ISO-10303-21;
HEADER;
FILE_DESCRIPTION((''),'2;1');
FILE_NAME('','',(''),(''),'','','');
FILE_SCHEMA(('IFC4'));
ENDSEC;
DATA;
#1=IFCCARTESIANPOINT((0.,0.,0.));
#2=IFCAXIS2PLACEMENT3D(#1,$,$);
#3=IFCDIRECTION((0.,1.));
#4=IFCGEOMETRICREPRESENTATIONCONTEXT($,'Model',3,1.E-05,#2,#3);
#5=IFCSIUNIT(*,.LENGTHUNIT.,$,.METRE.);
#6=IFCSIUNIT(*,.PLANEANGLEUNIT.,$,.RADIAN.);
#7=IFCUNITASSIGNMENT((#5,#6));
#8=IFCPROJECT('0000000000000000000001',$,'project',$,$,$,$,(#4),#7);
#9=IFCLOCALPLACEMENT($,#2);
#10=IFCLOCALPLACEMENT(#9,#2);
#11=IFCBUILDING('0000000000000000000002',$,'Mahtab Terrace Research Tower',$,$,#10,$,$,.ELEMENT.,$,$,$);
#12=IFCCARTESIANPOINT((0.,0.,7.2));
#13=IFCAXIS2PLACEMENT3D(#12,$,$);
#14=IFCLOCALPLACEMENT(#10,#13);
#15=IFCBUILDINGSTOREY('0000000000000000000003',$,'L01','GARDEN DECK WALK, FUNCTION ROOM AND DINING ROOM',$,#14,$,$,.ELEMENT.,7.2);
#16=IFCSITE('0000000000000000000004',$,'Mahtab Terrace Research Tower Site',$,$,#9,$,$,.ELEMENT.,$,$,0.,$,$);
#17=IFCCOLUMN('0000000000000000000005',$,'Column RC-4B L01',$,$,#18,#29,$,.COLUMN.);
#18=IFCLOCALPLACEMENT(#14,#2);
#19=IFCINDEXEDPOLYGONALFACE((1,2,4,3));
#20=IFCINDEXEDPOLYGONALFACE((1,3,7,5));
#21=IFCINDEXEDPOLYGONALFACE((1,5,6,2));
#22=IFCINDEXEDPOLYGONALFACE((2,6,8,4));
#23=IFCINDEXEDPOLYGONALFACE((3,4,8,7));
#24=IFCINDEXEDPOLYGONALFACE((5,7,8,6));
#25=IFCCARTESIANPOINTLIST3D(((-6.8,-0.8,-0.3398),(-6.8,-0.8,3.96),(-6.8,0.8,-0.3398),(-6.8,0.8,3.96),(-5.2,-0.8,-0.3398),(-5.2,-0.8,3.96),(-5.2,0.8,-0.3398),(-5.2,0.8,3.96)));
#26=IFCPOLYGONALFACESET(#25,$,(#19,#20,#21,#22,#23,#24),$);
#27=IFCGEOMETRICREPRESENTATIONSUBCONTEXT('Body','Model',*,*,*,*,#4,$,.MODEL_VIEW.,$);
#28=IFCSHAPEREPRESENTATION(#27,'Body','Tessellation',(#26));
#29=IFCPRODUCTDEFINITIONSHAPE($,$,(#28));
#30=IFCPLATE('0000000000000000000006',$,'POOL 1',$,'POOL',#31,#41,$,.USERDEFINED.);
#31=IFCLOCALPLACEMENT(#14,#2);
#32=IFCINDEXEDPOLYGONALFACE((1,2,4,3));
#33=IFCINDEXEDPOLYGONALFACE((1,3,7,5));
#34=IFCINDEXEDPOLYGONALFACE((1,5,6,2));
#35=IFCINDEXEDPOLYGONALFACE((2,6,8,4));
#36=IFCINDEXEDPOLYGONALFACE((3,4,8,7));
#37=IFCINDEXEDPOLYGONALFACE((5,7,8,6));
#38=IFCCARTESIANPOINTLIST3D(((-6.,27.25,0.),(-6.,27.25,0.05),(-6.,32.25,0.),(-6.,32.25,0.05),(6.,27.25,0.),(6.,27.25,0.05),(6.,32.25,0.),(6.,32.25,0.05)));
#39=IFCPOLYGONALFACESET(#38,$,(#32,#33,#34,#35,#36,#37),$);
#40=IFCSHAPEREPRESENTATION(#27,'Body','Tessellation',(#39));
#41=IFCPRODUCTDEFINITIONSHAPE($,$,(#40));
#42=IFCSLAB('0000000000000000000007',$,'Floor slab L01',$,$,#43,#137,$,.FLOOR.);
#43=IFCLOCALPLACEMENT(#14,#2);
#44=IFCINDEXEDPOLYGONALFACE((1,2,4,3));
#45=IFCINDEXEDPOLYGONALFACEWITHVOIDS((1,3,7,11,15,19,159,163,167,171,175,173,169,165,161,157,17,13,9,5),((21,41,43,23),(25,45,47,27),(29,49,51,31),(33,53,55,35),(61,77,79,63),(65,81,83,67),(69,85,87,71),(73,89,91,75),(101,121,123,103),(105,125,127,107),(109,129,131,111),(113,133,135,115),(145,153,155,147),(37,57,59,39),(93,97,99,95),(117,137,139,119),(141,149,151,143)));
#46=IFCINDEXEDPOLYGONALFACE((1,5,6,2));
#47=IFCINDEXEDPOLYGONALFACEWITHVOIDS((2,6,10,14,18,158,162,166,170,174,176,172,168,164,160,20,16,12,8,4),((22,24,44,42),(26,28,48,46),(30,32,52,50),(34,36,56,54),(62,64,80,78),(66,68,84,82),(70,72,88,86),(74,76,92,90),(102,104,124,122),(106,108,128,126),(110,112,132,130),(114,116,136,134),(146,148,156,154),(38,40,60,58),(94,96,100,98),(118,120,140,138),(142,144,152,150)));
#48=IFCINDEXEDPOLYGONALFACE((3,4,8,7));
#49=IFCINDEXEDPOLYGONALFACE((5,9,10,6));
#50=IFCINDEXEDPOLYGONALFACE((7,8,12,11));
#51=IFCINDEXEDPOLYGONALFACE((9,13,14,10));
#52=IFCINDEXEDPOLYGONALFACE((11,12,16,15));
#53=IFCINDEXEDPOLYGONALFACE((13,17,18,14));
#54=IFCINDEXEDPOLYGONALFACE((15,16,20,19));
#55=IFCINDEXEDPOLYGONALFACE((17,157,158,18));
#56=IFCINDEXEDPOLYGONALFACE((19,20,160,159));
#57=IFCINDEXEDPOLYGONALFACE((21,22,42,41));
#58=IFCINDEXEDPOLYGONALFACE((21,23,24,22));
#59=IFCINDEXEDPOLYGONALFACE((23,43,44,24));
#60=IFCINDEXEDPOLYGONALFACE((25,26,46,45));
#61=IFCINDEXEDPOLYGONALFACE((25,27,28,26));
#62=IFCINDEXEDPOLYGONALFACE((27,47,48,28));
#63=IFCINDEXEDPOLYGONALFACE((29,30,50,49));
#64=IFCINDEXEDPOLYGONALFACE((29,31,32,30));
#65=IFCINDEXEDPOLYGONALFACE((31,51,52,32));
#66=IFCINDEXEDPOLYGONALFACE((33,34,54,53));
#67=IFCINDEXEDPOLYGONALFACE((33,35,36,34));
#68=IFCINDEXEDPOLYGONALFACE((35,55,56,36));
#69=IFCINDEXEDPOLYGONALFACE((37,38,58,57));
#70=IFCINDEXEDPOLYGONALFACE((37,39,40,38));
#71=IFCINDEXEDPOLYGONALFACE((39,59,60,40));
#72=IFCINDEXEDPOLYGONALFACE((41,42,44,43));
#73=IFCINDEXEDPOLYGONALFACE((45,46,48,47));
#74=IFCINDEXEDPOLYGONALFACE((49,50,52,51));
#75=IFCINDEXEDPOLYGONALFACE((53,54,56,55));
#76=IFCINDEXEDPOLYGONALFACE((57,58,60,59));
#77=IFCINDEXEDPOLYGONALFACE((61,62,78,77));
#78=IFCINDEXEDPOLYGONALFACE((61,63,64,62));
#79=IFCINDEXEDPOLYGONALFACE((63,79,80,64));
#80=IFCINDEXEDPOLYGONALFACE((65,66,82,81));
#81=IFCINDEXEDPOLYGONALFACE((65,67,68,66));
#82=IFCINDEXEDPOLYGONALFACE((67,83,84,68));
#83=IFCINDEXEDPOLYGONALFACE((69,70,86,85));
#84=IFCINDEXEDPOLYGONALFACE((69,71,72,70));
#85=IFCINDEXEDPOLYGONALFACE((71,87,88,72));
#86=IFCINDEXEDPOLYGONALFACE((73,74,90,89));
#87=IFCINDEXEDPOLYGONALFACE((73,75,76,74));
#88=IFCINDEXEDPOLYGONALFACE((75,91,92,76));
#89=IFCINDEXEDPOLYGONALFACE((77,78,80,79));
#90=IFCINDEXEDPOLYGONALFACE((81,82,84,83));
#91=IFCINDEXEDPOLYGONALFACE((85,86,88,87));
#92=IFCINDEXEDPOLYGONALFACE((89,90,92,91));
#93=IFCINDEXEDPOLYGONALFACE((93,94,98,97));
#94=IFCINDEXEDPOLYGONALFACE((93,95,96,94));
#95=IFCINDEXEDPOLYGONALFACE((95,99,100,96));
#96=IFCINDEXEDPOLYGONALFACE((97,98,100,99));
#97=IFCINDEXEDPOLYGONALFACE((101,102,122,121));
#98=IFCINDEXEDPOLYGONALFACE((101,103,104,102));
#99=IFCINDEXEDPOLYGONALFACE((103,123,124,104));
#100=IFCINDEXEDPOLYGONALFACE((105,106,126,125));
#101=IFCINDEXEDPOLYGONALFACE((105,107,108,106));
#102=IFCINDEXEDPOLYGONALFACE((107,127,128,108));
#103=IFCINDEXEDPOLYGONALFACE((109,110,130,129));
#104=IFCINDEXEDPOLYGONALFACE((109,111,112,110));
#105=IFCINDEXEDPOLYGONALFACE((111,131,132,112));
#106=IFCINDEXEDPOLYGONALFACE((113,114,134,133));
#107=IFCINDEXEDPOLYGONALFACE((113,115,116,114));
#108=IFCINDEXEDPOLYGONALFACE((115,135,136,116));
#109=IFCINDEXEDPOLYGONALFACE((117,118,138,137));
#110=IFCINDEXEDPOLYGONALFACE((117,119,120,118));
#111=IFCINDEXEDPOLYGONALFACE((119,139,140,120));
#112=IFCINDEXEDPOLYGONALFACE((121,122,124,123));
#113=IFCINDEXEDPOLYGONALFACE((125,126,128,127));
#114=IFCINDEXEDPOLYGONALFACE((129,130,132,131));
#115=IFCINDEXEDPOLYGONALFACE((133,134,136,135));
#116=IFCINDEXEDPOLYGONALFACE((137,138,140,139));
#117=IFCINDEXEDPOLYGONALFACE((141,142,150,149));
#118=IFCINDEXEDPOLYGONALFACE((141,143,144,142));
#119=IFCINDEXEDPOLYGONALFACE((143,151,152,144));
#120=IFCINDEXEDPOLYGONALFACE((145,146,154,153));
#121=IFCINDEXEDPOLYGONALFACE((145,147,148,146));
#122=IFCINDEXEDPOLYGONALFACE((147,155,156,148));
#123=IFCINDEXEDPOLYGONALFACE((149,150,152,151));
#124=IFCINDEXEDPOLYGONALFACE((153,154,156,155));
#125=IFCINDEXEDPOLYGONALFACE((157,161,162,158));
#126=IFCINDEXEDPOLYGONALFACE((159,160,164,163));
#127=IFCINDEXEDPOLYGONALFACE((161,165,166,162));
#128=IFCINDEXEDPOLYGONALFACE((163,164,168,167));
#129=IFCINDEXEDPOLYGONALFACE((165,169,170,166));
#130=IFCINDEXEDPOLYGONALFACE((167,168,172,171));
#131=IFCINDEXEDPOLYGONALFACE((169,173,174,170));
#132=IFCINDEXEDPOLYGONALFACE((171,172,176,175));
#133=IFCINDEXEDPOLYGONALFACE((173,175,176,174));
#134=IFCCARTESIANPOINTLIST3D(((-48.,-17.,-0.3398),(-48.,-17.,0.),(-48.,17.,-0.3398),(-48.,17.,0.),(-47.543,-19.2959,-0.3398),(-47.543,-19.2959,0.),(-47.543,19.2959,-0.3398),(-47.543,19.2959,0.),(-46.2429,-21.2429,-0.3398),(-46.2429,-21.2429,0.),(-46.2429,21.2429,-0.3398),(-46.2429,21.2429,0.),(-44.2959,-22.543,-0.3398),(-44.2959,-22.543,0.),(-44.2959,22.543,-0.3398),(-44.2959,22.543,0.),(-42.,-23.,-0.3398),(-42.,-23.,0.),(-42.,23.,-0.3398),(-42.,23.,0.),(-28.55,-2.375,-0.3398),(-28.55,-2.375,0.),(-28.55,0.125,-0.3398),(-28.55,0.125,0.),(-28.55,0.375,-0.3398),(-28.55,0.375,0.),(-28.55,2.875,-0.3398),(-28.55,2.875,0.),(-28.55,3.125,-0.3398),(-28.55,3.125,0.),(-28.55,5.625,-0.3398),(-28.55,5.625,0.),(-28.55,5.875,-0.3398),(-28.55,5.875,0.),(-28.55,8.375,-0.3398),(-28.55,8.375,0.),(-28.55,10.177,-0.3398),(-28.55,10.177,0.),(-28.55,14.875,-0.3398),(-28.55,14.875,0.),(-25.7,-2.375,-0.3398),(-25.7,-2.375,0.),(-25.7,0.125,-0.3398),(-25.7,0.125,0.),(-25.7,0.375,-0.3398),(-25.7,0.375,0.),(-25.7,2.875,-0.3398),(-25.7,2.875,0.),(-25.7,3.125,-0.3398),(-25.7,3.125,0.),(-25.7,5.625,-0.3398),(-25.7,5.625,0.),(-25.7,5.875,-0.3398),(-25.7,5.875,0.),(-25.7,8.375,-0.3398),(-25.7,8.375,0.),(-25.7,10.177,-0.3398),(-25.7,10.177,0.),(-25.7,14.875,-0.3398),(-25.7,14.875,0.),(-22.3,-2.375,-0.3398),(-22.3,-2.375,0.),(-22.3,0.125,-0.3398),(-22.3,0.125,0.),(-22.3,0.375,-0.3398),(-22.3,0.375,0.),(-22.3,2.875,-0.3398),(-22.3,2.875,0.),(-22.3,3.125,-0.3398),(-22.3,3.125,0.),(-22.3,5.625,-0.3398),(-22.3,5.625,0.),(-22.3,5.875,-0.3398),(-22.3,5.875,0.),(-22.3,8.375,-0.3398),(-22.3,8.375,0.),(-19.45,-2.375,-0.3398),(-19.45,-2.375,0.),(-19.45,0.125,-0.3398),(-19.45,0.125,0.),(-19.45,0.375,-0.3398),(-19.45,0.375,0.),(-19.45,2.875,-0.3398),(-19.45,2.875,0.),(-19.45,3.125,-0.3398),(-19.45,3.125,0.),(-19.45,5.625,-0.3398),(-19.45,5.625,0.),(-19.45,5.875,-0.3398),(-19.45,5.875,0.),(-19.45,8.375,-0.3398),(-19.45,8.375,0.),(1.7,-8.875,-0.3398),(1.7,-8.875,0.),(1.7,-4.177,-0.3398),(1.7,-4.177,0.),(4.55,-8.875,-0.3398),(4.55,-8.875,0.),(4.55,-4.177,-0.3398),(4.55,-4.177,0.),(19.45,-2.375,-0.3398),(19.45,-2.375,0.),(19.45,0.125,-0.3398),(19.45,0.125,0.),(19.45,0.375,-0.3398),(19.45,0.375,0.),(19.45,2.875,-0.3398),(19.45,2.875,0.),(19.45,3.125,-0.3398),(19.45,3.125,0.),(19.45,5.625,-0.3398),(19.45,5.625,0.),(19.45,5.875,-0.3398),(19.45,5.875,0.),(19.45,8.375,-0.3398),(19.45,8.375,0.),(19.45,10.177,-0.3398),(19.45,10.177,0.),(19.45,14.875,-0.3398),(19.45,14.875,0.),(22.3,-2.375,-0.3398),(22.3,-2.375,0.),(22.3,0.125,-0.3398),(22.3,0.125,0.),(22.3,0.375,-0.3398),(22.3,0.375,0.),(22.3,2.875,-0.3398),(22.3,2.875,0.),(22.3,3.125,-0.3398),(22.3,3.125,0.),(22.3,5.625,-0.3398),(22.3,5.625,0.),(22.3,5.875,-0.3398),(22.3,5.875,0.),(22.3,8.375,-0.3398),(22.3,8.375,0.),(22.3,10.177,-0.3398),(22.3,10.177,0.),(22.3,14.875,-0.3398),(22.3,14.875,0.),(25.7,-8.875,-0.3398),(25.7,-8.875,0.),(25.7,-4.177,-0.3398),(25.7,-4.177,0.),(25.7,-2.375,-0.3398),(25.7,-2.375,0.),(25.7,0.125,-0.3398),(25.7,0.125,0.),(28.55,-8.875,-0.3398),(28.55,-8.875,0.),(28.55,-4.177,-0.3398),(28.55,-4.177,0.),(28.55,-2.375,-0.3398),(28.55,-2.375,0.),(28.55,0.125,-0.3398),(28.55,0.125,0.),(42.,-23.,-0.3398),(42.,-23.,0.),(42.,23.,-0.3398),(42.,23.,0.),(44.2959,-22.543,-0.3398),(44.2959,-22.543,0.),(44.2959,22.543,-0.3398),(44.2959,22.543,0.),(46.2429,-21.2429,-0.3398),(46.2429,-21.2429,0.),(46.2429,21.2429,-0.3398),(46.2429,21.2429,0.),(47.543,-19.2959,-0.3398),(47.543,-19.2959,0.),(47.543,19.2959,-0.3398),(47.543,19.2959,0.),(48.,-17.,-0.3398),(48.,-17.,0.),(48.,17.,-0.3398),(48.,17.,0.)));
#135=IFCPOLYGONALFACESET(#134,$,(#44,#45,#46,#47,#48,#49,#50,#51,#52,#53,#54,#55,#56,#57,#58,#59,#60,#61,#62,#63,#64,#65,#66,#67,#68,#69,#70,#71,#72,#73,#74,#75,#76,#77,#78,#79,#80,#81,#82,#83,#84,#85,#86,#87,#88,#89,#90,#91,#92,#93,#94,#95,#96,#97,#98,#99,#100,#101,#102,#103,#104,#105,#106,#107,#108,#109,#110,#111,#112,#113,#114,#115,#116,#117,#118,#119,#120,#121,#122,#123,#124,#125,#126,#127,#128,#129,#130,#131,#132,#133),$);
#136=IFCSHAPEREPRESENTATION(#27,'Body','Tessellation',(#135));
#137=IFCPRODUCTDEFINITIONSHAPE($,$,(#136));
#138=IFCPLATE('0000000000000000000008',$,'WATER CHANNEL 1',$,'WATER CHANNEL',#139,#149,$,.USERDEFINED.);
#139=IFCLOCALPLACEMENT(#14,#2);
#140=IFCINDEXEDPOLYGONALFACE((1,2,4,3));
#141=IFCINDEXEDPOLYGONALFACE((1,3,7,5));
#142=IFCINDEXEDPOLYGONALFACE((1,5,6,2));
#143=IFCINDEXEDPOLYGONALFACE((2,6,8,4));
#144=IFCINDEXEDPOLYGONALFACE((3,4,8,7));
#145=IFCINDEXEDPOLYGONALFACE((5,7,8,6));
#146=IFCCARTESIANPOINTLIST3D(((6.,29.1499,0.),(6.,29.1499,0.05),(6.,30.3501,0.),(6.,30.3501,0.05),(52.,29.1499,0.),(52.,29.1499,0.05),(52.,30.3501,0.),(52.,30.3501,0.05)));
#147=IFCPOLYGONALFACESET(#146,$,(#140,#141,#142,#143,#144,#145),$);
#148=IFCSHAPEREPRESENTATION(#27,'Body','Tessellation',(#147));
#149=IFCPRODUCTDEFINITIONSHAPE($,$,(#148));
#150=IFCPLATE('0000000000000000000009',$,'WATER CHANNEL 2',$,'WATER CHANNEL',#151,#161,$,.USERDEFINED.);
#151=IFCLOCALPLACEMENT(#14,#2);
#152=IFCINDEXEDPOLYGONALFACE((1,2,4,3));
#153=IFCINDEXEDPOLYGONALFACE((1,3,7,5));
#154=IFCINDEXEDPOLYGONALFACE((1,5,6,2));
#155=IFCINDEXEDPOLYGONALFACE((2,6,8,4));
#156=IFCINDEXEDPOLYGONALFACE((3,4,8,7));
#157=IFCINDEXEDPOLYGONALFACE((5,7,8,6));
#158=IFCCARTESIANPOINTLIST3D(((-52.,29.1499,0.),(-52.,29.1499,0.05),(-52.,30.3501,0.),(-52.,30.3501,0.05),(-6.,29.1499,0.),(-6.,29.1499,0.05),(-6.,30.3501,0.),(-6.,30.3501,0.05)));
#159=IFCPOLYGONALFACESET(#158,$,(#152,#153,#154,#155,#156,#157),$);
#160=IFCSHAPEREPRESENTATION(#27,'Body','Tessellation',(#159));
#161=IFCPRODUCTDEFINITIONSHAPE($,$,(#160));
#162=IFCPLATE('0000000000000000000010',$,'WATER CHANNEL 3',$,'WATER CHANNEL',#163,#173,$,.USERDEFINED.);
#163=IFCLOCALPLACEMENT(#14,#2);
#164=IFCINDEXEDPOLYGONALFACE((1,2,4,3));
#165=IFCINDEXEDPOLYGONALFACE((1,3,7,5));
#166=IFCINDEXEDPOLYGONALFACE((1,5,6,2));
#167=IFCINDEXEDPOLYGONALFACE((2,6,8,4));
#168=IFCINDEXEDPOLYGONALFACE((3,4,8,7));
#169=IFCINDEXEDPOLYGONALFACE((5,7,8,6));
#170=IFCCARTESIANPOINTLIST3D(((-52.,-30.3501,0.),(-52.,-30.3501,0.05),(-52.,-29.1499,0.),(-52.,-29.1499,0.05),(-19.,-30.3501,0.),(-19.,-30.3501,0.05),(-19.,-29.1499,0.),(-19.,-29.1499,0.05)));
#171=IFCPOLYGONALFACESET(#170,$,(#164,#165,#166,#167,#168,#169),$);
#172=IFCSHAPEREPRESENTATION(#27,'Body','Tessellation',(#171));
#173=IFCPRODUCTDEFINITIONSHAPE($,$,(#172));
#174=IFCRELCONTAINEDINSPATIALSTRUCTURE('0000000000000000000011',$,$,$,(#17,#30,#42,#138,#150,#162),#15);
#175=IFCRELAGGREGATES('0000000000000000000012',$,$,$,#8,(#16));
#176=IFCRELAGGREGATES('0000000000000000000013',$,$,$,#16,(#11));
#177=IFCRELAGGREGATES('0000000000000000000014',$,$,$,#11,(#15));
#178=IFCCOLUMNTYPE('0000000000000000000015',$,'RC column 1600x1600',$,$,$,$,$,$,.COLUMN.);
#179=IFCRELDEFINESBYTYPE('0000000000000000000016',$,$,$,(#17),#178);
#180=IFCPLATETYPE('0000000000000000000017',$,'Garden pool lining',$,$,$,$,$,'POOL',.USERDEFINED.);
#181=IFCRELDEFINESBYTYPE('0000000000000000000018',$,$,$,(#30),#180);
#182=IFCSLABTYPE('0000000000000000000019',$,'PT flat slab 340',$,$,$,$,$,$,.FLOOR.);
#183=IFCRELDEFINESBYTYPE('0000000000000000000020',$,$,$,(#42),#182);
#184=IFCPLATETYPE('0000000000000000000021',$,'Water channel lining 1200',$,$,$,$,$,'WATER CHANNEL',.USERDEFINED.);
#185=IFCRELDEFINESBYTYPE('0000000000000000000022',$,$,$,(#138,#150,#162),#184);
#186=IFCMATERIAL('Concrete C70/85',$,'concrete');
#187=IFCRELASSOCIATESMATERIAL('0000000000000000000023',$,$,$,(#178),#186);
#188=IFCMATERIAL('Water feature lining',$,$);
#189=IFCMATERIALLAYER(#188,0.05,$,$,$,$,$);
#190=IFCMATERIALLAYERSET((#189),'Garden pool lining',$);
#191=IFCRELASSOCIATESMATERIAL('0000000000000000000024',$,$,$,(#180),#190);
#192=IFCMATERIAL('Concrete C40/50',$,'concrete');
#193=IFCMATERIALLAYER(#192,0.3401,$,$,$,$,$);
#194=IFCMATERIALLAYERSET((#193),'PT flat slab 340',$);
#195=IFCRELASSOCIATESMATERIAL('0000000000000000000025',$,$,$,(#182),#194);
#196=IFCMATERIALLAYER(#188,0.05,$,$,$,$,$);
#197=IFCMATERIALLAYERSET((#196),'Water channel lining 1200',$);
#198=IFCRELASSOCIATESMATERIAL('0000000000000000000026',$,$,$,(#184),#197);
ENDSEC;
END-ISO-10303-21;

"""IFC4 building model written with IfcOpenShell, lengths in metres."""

from ifc_helpers import new_model, si_unit, direction, frame, origin, origin_2d, place, context, subcontext, project, spatial, polyline, rectangle, outline, extrude, material, layer, layer_set, material_profile, profile_set, type_object, element, save


model = new_model("IFC4")

# Units and contexts
model_context = context("Model", 3, precision=1e-05, world=origin(), true_north=direction((0.0, 1.0)))
body_context = subcontext(model_context, "Body", "Model", "MODEL_VIEW")
ifc_project = project(units=[si_unit("LENGTHUNIT", "METRE"), si_unit("PLANEANGLEUNIT", "RADIAN")], contexts=[model_context])

# Site, building, storey
site_placement = place(None, origin())
site = spatial("IfcSite", under=ifc_project, at=site_placement, Name="Mahtab Terrace Research Tower Site", CompositionType="ELEMENT", RefElevation=0.0)
building_placement = place(site_placement, origin())
building = spatial("IfcBuilding", under=site, at=building_placement, Name="Mahtab Terrace Research Tower", CompositionType="ELEMENT")
storey_placement = place(building_placement, frame((0.0, 0.0, 7.2)))
storey = spatial("IfcBuildingStorey", under=building, at=storey_placement, Name="L01", Description="GARDEN DECK WALK, FUNCTION ROOM AND DINING ROOM", CompositionType="ELEMENT", Elevation=7.2)

# Column
ifc_material_1 = material(Name="Concrete C70/85", Category="concrete")
ifc_material_profile = material_profile(ifc_material_1, rectangle(XDim=1.6001, YDim=1.6001, at=origin_2d()), Name="RC column 1600x1600")
ifc_profile_set = profile_set([ifc_material_profile], Name="Concrete C70/85")
column_type = type_object("IfcColumnType", Name="RC column 1600x1600", PredefinedType="COLUMN", material=ifc_profile_set)
column_placement = place(storey_placement, frame((-6.0, 0.0, -0.3398), z_axis=(0.0, 0.0, 1.0), x_axis=(1.0, 0.0, 0.0)))
element("IfcColumn", 1, at=column_placement, inside=storey, type_object=column_type, Name="Column RC-4B L01", PredefinedType="COLUMN", context=body_context, shape_type="SweptSolid", body=[
    extrude(rectangle(XDim=1.6001, YDim=1.6001, at=origin_2d()), origin(), (0.0, 0.0, 1.0), 4.2998),
])

# Plate
ifc_material_2 = material(Name="Water feature lining")
ifc_layer_1 = layer(ifc_material_2, 0.05)
ifc_layer_set_1 = layer_set([ifc_layer_1], Name="Garden pool lining")
plate_type_1 = type_object("IfcPlateType", Name="Garden pool lining", ElementType="POOL", PredefinedType="USERDEFINED", material=ifc_layer_set_1)
plate_1_placement = place(storey_placement, origin())
element("IfcPlate", 2, at=plate_1_placement, inside=storey, type_object=plate_type_1, Name="POOL 1", ObjectType="POOL", PredefinedType="USERDEFINED", context=body_context, shape_type="SweptSolid", body=[
    extrude(outline(polyline([(6.0, 27.25), (6.0, 32.25), (-6.0, 32.25), (-6.0, 27.25), (6.0, 27.25)])), origin(), (0.0, 0.0, 1.0), 0.05),
])

# Slab
ifc_material_3 = material(Name="Concrete C40/50", Category="concrete")
ifc_layer_2 = layer(ifc_material_3, 0.3401)
ifc_layer_set_2 = layer_set([ifc_layer_2], Name="PT flat slab 340")
slab_type = type_object("IfcSlabType", Name="PT flat slab 340", PredefinedType="FLOOR", material=ifc_layer_set_2)
slab_placement = place(storey_placement, frame((0.0, 0.0, -0.3398)))
element("IfcSlab", 3, at=slab_placement, inside=storey, type_object=slab_type, Name="Floor slab L01", PredefinedType="FLOOR", context=body_context, shape_type="SweptSolid", body=[
    extrude(outline(polyline([(47.543, 19.2959), (46.2429, 21.2429), (44.2959, 22.543), (42.0, 23.0), (-42.0, 23.0), (-44.2959, 22.543), (-46.2429, 21.2429), (-47.543, 19.2959), (-48.0, 17.0), (-48.0, -17.0), (-47.543, -19.2959), (-46.2429, -21.2429), (-44.2959, -22.543), (-42.0, -23.0), (42.0, -23.0), (44.2959, -22.543), (46.2429, -21.2429), (47.543, -19.2959), (48.0, -17.0), (48.0, 17.0), (47.543, 19.2959)]), holes=[polyline([(-28.55, -2.375), (-28.55, 0.125), (-25.7, 0.125), (-25.7, -2.375), (-28.55, -2.375)]), polyline([(-22.3, -2.375), (-22.3, 0.125), (-19.45, 0.125), (-19.45, -2.375), (-22.3, -2.375)]), polyline([(-28.55, 0.375), (-28.55, 2.875), (-25.7, 2.875), (-25.7, 0.375), (-28.55, 0.375)]), polyline([(-22.3, 0.375), (-22.3, 2.875), (-19.45, 2.875), (-19.45, 0.375), (-22.3, 0.375)]), polyline([(-28.55, 3.125), (-28.55, 5.625), (-25.7, 5.625), (-25.7, 3.125), (-28.55, 3.125)]), polyline([(-22.3, 3.125), (-22.3, 5.625), (-19.45, 5.625), (-19.45, 3.125), (-22.3, 3.125)]), polyline([(-28.55, 5.875), (-28.55, 8.375), (-25.7, 8.375), (-25.7, 5.875), (-28.55, 5.875)]), polyline([(-22.3, 5.875), (-22.3, 8.375), (-19.45, 8.375), (-19.45, 5.875), (-22.3, 5.875)]), polyline([(-28.55, 10.177), (-28.55, 14.875), (-25.7, 14.875), (-25.7, 10.177), (-28.55, 10.177)]), polyline([(1.7, -8.875), (1.7, -4.177), (4.55, -4.177), (4.55, -8.875), (1.7, -8.875)]), polyline([(25.7, -8.875), (25.7, -4.177), (28.55, -4.177), (28.55, -8.875), (25.7, -8.875)]), polyline([(19.45, -2.375), (19.45, 0.125), (22.3, 0.125), (22.3, -2.375), (19.45, -2.375)]), polyline([(25.7, -2.375), (25.7, 0.125), (28.55, 0.125), (28.55, -2.375), (25.7, -2.375)]), polyline([(19.45, 0.375), (19.45, 2.875), (22.3, 2.875), (22.3, 0.375), (19.45, 0.375)]), polyline([(19.45, 3.125), (19.45, 5.625), (22.3, 5.625), (22.3, 3.125), (19.45, 3.125)]), polyline([(19.45, 8.375), (22.3, 8.375), (22.3, 5.875), (19.45, 5.875), (19.45, 8.375)]), polyline([(19.45, 14.875), (22.3, 14.875), (22.3, 10.177), (19.45, 10.177), (19.45, 14.875)])]), origin(), (0.0, 0.0, 1.0), 0.3398),
])

# Plates
ifc_layer_3 = layer(ifc_material_2, 0.05)
ifc_layer_set_3 = layer_set([ifc_layer_3], Name="Water channel lining 1200")
plate_type_2 = type_object("IfcPlateType", Name="Water channel lining 1200", ElementType="WATER CHANNEL", PredefinedType="USERDEFINED", material=ifc_layer_set_3)
plate_2_placement = place(storey_placement, origin())
element("IfcPlate", 4, at=plate_2_placement, inside=storey, type_object=plate_type_2, Name="WATER CHANNEL 1", ObjectType="WATER CHANNEL", PredefinedType="USERDEFINED", context=body_context, shape_type="SweptSolid", body=[
    extrude(outline(polyline([(52.0, 30.3501), (52.0, 29.1499), (6.0, 29.1499), (6.0, 30.3501), (52.0, 30.3501)])), origin(), (0.0, 0.0, 1.0), 0.05),
])
plate_3_placement = place(storey_placement, origin())
element("IfcPlate", 5, at=plate_3_placement, inside=storey, type_object=plate_type_2, Name="WATER CHANNEL 2", ObjectType="WATER CHANNEL", PredefinedType="USERDEFINED", context=body_context, shape_type="SweptSolid", body=[
    extrude(outline(polyline([(-52.0, 29.1499), (-52.0, 30.3501), (-6.0, 30.3501), (-6.0, 29.1499), (-52.0, 29.1499)])), origin(), (0.0, 0.0, 1.0), 0.05),
])
plate_4_placement = place(storey_placement, origin())
element("IfcPlate", 6, at=plate_4_placement, inside=storey, type_object=plate_type_2, Name="WATER CHANNEL 3", ObjectType="WATER CHANNEL", PredefinedType="USERDEFINED", context=body_context, shape_type="SweptSolid", body=[
    extrude(outline(polyline([(-52.0, -30.3501), (-52.0, -29.1499), (-19.0, -29.1499), (-19.0, -30.3501), (-52.0, -30.3501)])), origin(), (0.0, 0.0, 1.0), 0.05),
])

save(model, "model.ifc")
